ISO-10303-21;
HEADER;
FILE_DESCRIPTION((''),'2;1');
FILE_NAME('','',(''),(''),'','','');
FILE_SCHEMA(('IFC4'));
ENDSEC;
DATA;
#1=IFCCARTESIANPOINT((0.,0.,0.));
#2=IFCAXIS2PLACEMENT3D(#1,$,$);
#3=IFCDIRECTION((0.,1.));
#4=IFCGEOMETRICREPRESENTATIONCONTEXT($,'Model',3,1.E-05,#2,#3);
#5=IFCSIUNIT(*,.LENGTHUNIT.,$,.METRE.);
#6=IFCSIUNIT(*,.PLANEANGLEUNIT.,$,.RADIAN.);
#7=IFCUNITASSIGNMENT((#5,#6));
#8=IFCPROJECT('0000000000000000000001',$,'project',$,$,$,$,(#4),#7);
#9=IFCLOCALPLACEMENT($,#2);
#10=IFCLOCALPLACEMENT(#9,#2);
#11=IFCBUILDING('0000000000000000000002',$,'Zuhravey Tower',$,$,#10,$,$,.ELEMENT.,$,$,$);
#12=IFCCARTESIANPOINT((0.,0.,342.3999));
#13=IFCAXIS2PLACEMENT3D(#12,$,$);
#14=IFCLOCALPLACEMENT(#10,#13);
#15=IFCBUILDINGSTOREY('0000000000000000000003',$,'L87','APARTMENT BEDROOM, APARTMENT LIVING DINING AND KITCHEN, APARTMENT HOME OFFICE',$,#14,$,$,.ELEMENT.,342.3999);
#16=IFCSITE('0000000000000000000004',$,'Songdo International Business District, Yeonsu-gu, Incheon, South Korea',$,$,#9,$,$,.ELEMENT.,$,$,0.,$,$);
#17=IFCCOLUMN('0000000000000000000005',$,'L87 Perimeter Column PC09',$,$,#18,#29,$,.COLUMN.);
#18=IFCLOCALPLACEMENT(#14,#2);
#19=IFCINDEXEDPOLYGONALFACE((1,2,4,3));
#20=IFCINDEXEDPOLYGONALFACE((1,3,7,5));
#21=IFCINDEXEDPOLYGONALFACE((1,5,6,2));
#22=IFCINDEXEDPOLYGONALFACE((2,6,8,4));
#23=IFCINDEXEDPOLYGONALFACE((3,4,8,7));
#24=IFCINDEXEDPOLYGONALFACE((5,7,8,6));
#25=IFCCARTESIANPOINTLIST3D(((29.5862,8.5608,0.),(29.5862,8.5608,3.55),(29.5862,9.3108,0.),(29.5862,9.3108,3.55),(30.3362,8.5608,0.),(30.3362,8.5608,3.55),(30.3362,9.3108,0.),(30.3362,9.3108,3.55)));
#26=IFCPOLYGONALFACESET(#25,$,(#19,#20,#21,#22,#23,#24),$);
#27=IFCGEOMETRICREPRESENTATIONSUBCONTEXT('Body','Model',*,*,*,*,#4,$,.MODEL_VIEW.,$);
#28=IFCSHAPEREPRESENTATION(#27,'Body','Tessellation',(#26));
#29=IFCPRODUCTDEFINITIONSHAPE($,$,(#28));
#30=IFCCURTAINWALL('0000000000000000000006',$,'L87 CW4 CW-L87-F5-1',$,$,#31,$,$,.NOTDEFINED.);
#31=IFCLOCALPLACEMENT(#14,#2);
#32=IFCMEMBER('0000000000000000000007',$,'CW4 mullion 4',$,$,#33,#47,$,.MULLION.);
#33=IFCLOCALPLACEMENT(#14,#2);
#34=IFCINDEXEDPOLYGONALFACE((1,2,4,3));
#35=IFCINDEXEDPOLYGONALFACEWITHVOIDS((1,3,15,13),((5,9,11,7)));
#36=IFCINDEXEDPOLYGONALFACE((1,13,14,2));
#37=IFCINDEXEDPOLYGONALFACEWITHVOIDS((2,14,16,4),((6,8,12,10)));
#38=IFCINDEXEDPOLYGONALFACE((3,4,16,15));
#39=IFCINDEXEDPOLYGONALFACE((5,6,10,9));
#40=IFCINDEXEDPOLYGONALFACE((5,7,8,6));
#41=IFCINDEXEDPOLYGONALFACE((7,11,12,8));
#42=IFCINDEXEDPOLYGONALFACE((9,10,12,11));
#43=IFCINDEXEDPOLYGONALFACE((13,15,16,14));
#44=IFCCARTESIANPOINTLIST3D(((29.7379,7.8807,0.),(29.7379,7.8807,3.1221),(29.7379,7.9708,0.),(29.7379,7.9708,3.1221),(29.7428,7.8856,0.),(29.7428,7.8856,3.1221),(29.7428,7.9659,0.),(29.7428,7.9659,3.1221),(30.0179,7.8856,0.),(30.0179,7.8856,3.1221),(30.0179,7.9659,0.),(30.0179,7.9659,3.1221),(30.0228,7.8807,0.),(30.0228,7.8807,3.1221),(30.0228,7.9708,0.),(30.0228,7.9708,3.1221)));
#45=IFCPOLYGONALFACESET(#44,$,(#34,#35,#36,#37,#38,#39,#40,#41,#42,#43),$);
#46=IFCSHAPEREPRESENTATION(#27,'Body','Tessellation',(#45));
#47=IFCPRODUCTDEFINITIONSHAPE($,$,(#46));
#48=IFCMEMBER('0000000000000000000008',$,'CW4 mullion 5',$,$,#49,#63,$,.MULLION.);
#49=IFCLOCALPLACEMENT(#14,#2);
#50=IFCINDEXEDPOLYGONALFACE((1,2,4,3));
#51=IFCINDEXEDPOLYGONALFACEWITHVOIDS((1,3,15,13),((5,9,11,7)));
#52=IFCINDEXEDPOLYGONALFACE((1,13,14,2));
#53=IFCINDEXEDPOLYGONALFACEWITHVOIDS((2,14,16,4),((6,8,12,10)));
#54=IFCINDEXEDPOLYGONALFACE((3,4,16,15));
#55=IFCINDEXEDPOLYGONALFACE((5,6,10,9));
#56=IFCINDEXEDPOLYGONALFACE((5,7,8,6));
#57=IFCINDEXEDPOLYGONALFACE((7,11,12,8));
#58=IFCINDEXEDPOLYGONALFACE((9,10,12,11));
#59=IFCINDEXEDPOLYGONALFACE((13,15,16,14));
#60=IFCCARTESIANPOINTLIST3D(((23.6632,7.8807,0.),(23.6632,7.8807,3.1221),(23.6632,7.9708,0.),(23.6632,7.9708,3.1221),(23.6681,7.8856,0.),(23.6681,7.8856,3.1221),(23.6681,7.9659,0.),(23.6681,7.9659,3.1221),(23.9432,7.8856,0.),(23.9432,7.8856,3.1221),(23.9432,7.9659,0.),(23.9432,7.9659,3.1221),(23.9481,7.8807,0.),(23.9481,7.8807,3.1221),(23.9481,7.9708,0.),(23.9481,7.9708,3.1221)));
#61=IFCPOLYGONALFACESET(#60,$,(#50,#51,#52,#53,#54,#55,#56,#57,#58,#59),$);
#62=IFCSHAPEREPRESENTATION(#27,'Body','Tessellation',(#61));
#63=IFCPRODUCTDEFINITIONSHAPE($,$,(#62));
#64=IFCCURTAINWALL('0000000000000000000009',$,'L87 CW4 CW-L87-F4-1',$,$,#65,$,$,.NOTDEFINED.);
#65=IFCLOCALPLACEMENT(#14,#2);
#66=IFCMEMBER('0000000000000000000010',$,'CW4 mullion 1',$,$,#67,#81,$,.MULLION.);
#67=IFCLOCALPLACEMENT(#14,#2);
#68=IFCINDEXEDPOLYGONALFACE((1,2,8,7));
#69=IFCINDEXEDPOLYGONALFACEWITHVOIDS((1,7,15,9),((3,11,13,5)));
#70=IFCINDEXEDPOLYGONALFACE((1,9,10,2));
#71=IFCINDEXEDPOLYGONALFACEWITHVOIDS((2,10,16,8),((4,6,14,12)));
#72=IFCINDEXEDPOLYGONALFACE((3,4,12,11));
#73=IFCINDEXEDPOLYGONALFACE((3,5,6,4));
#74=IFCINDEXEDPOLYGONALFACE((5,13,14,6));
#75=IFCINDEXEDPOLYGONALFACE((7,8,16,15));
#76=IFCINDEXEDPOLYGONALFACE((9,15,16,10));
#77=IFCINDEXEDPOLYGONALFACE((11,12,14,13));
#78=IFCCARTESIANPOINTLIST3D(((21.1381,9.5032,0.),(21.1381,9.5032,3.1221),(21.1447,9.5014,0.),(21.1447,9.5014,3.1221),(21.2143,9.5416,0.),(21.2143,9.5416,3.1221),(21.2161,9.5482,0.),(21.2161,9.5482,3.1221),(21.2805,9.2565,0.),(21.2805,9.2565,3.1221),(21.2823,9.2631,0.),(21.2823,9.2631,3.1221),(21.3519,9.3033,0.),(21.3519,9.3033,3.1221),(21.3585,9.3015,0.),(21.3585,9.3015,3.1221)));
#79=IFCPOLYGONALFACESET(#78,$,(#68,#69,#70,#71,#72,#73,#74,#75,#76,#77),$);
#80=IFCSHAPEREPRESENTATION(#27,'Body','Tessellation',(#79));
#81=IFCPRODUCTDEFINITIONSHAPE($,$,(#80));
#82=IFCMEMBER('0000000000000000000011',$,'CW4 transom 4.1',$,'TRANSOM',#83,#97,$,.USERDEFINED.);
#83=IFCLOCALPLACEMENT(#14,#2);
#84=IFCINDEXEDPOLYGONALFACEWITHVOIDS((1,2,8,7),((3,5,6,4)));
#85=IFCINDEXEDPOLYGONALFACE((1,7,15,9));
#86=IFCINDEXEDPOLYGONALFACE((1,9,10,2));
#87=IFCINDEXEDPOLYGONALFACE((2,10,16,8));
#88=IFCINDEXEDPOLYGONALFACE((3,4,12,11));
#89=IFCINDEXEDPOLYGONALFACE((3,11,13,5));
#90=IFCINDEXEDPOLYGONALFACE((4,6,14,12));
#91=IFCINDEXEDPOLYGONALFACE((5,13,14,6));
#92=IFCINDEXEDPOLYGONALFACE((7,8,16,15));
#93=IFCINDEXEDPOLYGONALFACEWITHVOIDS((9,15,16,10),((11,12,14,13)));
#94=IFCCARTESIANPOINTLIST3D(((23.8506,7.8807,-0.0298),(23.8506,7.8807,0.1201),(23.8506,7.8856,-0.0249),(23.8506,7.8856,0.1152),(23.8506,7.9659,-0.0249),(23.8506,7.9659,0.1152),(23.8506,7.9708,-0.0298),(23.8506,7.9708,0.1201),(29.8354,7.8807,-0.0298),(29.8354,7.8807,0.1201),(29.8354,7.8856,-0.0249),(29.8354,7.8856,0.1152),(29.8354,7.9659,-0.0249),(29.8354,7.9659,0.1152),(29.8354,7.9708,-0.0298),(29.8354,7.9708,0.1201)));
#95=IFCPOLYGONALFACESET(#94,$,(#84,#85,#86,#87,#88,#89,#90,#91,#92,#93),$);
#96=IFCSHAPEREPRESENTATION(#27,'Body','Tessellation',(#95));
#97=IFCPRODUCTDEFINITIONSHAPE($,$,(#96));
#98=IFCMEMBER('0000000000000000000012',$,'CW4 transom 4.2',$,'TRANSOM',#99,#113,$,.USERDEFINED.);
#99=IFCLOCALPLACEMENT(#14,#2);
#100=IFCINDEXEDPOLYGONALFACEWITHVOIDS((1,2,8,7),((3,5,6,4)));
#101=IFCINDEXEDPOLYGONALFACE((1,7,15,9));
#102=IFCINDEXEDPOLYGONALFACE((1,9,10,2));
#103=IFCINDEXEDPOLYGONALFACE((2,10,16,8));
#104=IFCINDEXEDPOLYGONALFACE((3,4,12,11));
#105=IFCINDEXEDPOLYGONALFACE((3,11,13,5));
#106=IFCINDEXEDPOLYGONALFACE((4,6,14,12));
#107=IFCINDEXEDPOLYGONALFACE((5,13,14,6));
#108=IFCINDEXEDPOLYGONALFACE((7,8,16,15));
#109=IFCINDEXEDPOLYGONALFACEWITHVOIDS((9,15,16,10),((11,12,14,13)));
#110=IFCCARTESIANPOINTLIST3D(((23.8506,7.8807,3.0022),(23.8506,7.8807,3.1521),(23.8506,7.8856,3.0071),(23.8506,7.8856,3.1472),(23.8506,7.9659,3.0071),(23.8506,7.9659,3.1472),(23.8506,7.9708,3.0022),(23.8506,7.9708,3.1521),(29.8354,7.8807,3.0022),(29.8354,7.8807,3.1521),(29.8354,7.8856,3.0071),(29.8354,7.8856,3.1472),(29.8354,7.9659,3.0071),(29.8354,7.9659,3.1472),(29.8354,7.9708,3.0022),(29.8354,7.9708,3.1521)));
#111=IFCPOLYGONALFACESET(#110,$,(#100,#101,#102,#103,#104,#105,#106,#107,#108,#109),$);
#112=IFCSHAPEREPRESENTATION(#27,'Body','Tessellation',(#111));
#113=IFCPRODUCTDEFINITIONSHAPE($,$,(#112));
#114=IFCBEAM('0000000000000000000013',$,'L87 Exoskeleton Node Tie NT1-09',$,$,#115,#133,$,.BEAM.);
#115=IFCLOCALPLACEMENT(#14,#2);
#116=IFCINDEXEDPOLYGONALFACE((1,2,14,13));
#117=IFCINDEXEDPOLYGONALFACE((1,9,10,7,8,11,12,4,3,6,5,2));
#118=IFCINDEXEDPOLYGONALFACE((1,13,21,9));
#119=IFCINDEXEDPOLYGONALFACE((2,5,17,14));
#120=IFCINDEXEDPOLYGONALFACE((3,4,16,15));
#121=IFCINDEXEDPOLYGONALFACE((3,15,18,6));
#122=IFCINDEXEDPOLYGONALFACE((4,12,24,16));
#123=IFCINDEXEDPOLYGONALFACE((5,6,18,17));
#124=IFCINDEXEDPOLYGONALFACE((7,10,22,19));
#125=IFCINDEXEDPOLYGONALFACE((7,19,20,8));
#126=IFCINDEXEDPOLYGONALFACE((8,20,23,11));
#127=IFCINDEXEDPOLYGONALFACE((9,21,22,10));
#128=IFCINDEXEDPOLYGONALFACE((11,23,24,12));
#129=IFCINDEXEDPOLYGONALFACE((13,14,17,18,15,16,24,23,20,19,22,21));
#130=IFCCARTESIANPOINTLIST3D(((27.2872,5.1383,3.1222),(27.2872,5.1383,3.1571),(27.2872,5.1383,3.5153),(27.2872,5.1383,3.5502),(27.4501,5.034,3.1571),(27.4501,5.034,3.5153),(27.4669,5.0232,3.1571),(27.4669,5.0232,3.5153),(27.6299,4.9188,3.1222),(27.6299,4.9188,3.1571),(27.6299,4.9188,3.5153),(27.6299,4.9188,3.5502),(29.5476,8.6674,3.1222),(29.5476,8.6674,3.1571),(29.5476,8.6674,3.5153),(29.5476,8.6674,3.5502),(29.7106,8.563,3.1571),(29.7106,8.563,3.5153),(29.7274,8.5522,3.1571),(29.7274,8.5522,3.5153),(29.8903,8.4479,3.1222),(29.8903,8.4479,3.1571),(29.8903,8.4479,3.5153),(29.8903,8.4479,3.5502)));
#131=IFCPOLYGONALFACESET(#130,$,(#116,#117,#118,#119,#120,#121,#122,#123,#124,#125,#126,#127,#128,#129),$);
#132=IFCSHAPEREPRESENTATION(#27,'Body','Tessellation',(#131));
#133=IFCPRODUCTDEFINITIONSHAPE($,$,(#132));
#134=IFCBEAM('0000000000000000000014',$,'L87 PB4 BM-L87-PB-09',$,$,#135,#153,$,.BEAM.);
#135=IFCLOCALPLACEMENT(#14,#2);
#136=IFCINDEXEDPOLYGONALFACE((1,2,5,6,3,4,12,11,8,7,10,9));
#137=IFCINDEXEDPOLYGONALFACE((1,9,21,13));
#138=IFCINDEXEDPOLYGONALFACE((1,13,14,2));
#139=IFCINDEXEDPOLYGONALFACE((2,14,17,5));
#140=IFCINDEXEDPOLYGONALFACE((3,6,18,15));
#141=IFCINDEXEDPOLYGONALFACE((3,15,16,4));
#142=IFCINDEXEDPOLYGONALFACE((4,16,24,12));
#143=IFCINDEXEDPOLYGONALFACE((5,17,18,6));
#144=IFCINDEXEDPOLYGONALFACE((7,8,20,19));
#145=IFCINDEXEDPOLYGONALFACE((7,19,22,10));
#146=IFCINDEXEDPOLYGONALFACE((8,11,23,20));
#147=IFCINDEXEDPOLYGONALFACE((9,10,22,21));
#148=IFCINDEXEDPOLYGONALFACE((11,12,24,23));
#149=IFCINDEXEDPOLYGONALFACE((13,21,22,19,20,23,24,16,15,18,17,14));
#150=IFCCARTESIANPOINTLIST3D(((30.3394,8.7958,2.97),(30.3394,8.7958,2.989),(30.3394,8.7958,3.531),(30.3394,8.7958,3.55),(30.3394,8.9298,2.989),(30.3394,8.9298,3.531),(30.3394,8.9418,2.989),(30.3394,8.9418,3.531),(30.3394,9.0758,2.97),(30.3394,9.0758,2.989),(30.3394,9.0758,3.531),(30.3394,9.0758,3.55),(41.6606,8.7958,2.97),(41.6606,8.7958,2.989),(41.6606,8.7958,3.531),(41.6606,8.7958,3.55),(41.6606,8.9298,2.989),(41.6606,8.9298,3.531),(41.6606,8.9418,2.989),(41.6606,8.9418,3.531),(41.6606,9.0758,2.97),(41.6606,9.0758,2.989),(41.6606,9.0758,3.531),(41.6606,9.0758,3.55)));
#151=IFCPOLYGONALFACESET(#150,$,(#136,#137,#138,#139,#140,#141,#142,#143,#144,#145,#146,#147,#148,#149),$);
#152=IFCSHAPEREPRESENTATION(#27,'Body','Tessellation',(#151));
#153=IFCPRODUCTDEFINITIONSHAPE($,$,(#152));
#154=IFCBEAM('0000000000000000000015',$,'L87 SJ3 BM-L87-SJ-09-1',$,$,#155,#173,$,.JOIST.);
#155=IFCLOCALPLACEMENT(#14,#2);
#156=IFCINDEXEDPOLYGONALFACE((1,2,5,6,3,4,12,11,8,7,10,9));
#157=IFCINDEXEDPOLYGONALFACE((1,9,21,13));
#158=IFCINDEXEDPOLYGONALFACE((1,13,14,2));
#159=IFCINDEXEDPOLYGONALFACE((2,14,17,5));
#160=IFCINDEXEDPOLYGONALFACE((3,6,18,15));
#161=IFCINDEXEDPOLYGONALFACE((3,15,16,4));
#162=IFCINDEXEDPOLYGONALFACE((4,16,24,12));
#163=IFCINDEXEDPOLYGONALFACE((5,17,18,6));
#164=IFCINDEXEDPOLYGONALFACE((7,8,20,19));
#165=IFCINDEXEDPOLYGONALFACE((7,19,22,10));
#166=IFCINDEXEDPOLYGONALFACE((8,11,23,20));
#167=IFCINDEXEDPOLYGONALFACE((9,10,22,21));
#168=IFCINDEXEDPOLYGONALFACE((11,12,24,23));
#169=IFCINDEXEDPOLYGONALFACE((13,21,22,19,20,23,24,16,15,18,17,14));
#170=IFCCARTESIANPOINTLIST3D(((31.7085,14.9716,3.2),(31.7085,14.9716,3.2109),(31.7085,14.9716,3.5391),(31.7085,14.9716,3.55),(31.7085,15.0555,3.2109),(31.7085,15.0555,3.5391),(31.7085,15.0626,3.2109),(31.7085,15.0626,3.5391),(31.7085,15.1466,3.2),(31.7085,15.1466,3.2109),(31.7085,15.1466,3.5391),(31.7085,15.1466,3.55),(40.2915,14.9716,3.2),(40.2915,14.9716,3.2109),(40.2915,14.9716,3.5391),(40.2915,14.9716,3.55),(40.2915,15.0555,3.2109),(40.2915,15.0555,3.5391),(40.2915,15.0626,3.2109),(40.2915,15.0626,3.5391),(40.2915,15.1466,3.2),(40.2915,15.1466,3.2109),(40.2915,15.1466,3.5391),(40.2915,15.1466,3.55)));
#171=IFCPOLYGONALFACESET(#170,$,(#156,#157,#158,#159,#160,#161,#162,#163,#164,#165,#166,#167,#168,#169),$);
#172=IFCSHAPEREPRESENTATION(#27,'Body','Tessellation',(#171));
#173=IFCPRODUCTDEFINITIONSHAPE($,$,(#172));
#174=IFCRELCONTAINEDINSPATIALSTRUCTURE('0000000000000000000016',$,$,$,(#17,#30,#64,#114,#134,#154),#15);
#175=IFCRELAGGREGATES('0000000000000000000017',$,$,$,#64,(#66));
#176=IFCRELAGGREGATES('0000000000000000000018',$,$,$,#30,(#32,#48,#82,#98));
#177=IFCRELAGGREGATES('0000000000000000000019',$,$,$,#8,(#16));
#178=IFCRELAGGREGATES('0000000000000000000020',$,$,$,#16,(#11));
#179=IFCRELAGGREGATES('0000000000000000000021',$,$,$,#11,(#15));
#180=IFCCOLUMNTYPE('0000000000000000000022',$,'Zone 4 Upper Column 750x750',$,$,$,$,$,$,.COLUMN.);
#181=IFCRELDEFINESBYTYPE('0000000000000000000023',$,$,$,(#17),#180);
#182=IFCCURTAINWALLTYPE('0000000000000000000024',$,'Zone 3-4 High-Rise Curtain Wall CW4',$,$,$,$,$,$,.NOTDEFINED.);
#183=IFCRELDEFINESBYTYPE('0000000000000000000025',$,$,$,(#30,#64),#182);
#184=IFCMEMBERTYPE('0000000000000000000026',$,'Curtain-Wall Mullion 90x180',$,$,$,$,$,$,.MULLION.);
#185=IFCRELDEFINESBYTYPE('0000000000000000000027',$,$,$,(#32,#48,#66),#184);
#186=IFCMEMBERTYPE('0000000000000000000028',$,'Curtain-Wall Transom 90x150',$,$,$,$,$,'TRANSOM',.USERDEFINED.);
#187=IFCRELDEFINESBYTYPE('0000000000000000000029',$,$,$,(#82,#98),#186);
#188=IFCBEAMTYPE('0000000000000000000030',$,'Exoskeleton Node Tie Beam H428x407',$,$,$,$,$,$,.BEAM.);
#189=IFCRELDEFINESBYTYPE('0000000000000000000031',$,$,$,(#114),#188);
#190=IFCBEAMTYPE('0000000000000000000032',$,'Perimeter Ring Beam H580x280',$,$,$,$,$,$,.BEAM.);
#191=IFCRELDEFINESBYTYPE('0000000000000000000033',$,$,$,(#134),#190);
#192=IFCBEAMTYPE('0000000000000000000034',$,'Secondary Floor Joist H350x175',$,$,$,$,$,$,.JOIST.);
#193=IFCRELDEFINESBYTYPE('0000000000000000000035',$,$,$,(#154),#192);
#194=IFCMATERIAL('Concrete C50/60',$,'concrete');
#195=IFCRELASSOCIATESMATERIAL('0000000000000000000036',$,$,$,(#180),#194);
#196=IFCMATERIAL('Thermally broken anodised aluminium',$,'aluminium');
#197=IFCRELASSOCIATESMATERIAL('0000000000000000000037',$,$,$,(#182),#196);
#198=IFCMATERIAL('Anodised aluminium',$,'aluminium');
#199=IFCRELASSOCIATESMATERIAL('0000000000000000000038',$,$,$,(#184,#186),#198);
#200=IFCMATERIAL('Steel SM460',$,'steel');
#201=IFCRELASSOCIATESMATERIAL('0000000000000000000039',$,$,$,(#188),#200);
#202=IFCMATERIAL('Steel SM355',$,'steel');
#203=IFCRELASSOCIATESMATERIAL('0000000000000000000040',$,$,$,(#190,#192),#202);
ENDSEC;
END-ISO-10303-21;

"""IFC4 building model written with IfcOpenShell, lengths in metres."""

from ifc_helpers import new_model, si_unit, direction, frame, origin, origin_2d, place, context, subcontext, project, spatial, rectangle, hollow_rectangle, i_section, extrude, material, material_profile, profile_set, type_object, element, aggregate, save


model = new_model("IFC4")

# Units and contexts
model_context = context("Model", 3, precision=1e-05, world=origin(), true_north=direction((0.0, 1.0)))
body_context = subcontext(model_context, "Body", "Model", "MODEL_VIEW")
ifc_project = project(units=[si_unit("LENGTHUNIT", "METRE"), si_unit("PLANEANGLEUNIT", "RADIAN")], contexts=[model_context])

# Site, building, storey
site_placement = place(None, origin())
site = spatial("IfcSite", under=ifc_project, at=site_placement, Name="Songdo International Business District, Yeonsu-gu, Incheon, South Korea", CompositionType="ELEMENT", RefElevation=0.0)
building_placement = place(site_placement, origin())
building = spatial("IfcBuilding", under=site, at=building_placement, Name="Zuhravey Tower", CompositionType="ELEMENT")
storey_placement = place(building_placement, frame((0.0, 0.0, 342.3999)))
storey = spatial("IfcBuildingStorey", under=building, at=storey_placement, Name="L87", Description="APARTMENT BEDROOM, APARTMENT LIVING DINING AND KITCHEN, APARTMENT HOME OFFICE", CompositionType="ELEMENT", Elevation=342.3999)

# Column
ifc_material_1 = material(Name="Concrete C50/60", Category="concrete")
ifc_material_profile_1 = material_profile(ifc_material_1, rectangle(XDim=0.75, YDim=0.75, at=origin_2d()), Name="RC-750x750")
ifc_profile_set_1 = profile_set([ifc_material_profile_1], Name="Concrete C50/60")
column_type = type_object("IfcColumnType", Name="Zone 4 Upper Column 750x750", PredefinedType="COLUMN", material=ifc_profile_set_1)
column_placement = place(storey_placement, frame((29.9612, 8.9358, 0.0), z_axis=(0.0, 0.0, 1.0), x_axis=(1.0, 0.0, 0.0)))
element("IfcColumn", 1, at=column_placement, inside=storey, type_object=column_type, Name="L87 Perimeter Column PC09", PredefinedType="COLUMN", context=body_context, shape_type="SweptSolid", body=[
    extrude(rectangle(XDim=0.75, YDim=0.75, at=origin_2d()), origin(), (0.0, 0.0, 1.0), 3.55),
])

# Curtain wall, members
ifc_material_2 = material(Name="Thermally broken anodised aluminium", Category="aluminium")
curtain_wall_type = type_object("IfcCurtainWallType", Name="Zone 3-4 High-Rise Curtain Wall CW4", PredefinedType="NOTDEFINED", material=ifc_material_2)
curtain_wall_1_placement = place(storey_placement, origin())
curtain_wall_1 = element("IfcCurtainWall", 2, at=curtain_wall_1_placement, inside=storey, type_object=curtain_wall_type, Name="L87 CW4 CW-L87-F5-1", PredefinedType="NOTDEFINED")
ifc_material_3 = material(Name="Anodised aluminium", Category="aluminium")
ifc_material_profile_2 = material_profile(ifc_material_3, hollow_rectangle(XDim=0.0901, YDim=0.2849, WallThickness=0.0049, at=origin_2d()), Name="ALU-RHS-90x285x5")
ifc_profile_set_2 = profile_set([ifc_material_profile_2], Name="Anodised aluminium")
member_type_1 = type_object("IfcMemberType", Name="Curtain-Wall Mullion 90x180", PredefinedType="MULLION", material=ifc_profile_set_2)
member_1_placement = place(storey_placement, frame((29.8804, 7.9258, 0.0), z_axis=(0.0, 0.0, 1.0), x_axis=(0.0, -1.0, 0.0)))
member_1 = element("IfcMember", 3, at=member_1_placement, type_object=member_type_1, Name="CW4 mullion 4", PredefinedType="MULLION", context=body_context, shape_type="SweptSolid", body=[
    extrude(hollow_rectangle(XDim=0.0901, YDim=0.2849, WallThickness=0.0049, at=origin_2d()), origin(), (0.0, 0.0, 1.0), 3.1221),
])
member_2_placement = place(storey_placement, frame((23.8057, 7.9258, 0.0), z_axis=(0.0, 0.0, 1.0), x_axis=(0.0, -1.0, 0.0)))
member_2 = element("IfcMember", 4, at=member_2_placement, type_object=member_type_1, Name="CW4 mullion 5", PredefinedType="MULLION", context=body_context, shape_type="SweptSolid", body=[
    extrude(hollow_rectangle(XDim=0.0901, YDim=0.2849, WallThickness=0.0049, at=origin_2d()), origin(), (0.0, 0.0, 1.0), 3.1221),
])

# Curtain wall, member
curtain_wall_2_placement = place(storey_placement, origin())
curtain_wall_2 = element("IfcCurtainWall", 5, at=curtain_wall_2_placement, inside=storey, type_object=curtain_wall_type, Name="L87 CW4 CW-L87-F4-1", PredefinedType="NOTDEFINED")
member_3_placement = place(storey_placement, frame((21.2483, 9.4023, 0.0), z_axis=(0.0, 0.0, 1.0), x_axis=(-0.866026, -0.499999, 0.0)))
member_3 = element("IfcMember", 6, at=member_3_placement, type_object=member_type_1, Name="CW4 mullion 1", PredefinedType="MULLION", context=body_context, shape_type="SweptSolid", body=[
    extrude(hollow_rectangle(XDim=0.0901, YDim=0.2849, WallThickness=0.0049, at=origin_2d()), origin(), (0.0, 0.0, 1.0), 3.1221),
])
aggregate(curtain_wall_2, [member_3])

# Members
ifc_material_profile_3 = material_profile(ifc_material_3, hollow_rectangle(XDim=0.0901, YDim=0.1499, WallThickness=0.0049, at=origin_2d()), Name="ALU-RHS-90x150x5")
ifc_profile_set_3 = profile_set([ifc_material_profile_3], Name="Anodised aluminium")
member_type_2 = type_object("IfcMemberType", Name="Curtain-Wall Transom 90x150", ElementType="TRANSOM", PredefinedType="USERDEFINED", material=ifc_profile_set_3)
member_4_placement = place(storey_placement, frame((29.8354, 7.9258, 0.0452), z_axis=(-1.0, 0.0, 0.0), x_axis=(0.0, -1.0, 0.0)))
member_4 = element("IfcMember", 7, at=member_4_placement, type_object=member_type_2, Name="CW4 transom 4.1", ObjectType="TRANSOM", PredefinedType="USERDEFINED", context=body_context, shape_type="SweptSolid", body=[
    extrude(hollow_rectangle(XDim=0.0901, YDim=0.1499, WallThickness=0.0049, at=origin_2d()), origin(), (0.0, 0.0, 1.0), 5.9849),
])
member_5_placement = place(storey_placement, frame((29.8354, 7.9258, 3.0771), z_axis=(-1.0, 0.0, 0.0), x_axis=(0.0, -1.0, 0.0)))
member_5 = element("IfcMember", 8, at=member_5_placement, type_object=member_type_2, Name="CW4 transom 4.2", ObjectType="TRANSOM", PredefinedType="USERDEFINED", context=body_context, shape_type="SweptSolid", body=[
    extrude(hollow_rectangle(XDim=0.0901, YDim=0.1499, WallThickness=0.0049, at=origin_2d()), origin(), (0.0, 0.0, 1.0), 5.9849),
])

# Beams
ifc_material_4 = material(Name="Steel SM460", Category="steel")
ifc_material_profile_4 = material_profile(ifc_material_4, i_section(OverallWidth=0.407, OverallDepth=0.428, WebThickness=0.02, FlangeThickness=0.0349, at=origin_2d()), Name="H-428x407x20x35")
ifc_profile_set_4 = profile_set([ifc_material_profile_4], Name="Steel SM460")
beam_type_1 = type_object("IfcBeamType", Name="Exoskeleton Node Tie Beam H428x407", PredefinedType="BEAM", material=ifc_profile_set_4)
beam_1_placement = place(storey_placement, frame((29.719, 8.5576, 3.3362), z_axis=(-0.539376, -0.842065, 0.0), x_axis=(0.842065, -0.539376, 0.0)))
element("IfcBeam", 9, at=beam_1_placement, inside=storey, type_object=beam_type_1, Name="L87 Exoskeleton Node Tie NT1-09", PredefinedType="BEAM", context=body_context, shape_type="SweptSolid", body=[
    extrude(i_section(OverallWidth=0.407, OverallDepth=0.428, WebThickness=0.02, FlangeThickness=0.0349, at=origin_2d()), origin(), (0.0, 0.0, 1.0), 4.1909),
])
ifc_material_5 = material(Name="Steel SM355", Category="steel")
ifc_material_profile_5 = material_profile(ifc_material_5, i_section(OverallWidth=0.28, OverallDepth=0.5801, WebThickness=0.012, FlangeThickness=0.019, at=origin_2d()), Name="H-580x280x12x19")
ifc_profile_set_5 = profile_set([ifc_material_profile_5], Name="Steel SM355")
beam_type_2 = type_object("IfcBeamType", Name="Perimeter Ring Beam H580x280", PredefinedType="BEAM", material=ifc_profile_set_5)
beam_2_placement = place(storey_placement, frame((30.3394, 8.9358, 3.26), z_axis=(1.0, 0.0, 0.0), x_axis=(0.0, 1.0, 0.0)))
element("IfcBeam", 10, at=beam_2_placement, inside=storey, type_object=beam_type_2, Name="L87 PB4 BM-L87-PB-09", PredefinedType="BEAM", context=body_context, shape_type="SweptSolid", body=[
    extrude(i_section(OverallWidth=0.28, OverallDepth=0.5801, WebThickness=0.012, FlangeThickness=0.019, at=origin_2d()), origin(), (0.0, 0.0, 1.0), 11.3213),
])
ifc_material_profile_6 = material_profile(ifc_material_5, i_section(OverallWidth=0.175, OverallDepth=0.3501, WebThickness=0.0071, FlangeThickness=0.011, at=origin_2d()), Name="H-350x175x7x11")
ifc_profile_set_6 = profile_set([ifc_material_profile_6], Name="Steel SM355")
beam_type_3 = type_object("IfcBeamType", Name="Secondary Floor Joist H350x175", PredefinedType="JOIST", material=ifc_profile_set_6)
beam_3_placement = place(storey_placement, frame((31.7085, 15.0591, 3.375), z_axis=(1.0, 0.0, 0.0), x_axis=(0.0, 1.0, 0.0)))
element("IfcBeam", 11, at=beam_3_placement, inside=storey, type_object=beam_type_3, Name="L87 SJ3 BM-L87-SJ-09-1", PredefinedType="JOIST", context=body_context, shape_type="SweptSolid", body=[
    extrude(i_section(OverallWidth=0.175, OverallDepth=0.3501, WebThickness=0.0071, FlangeThickness=0.011, at=origin_2d()), origin(), (0.0, 0.0, 1.0), 8.583),
])

aggregate(curtain_wall_1, [member_1, member_2, member_4, member_5])

save(model, "model.ifc")
